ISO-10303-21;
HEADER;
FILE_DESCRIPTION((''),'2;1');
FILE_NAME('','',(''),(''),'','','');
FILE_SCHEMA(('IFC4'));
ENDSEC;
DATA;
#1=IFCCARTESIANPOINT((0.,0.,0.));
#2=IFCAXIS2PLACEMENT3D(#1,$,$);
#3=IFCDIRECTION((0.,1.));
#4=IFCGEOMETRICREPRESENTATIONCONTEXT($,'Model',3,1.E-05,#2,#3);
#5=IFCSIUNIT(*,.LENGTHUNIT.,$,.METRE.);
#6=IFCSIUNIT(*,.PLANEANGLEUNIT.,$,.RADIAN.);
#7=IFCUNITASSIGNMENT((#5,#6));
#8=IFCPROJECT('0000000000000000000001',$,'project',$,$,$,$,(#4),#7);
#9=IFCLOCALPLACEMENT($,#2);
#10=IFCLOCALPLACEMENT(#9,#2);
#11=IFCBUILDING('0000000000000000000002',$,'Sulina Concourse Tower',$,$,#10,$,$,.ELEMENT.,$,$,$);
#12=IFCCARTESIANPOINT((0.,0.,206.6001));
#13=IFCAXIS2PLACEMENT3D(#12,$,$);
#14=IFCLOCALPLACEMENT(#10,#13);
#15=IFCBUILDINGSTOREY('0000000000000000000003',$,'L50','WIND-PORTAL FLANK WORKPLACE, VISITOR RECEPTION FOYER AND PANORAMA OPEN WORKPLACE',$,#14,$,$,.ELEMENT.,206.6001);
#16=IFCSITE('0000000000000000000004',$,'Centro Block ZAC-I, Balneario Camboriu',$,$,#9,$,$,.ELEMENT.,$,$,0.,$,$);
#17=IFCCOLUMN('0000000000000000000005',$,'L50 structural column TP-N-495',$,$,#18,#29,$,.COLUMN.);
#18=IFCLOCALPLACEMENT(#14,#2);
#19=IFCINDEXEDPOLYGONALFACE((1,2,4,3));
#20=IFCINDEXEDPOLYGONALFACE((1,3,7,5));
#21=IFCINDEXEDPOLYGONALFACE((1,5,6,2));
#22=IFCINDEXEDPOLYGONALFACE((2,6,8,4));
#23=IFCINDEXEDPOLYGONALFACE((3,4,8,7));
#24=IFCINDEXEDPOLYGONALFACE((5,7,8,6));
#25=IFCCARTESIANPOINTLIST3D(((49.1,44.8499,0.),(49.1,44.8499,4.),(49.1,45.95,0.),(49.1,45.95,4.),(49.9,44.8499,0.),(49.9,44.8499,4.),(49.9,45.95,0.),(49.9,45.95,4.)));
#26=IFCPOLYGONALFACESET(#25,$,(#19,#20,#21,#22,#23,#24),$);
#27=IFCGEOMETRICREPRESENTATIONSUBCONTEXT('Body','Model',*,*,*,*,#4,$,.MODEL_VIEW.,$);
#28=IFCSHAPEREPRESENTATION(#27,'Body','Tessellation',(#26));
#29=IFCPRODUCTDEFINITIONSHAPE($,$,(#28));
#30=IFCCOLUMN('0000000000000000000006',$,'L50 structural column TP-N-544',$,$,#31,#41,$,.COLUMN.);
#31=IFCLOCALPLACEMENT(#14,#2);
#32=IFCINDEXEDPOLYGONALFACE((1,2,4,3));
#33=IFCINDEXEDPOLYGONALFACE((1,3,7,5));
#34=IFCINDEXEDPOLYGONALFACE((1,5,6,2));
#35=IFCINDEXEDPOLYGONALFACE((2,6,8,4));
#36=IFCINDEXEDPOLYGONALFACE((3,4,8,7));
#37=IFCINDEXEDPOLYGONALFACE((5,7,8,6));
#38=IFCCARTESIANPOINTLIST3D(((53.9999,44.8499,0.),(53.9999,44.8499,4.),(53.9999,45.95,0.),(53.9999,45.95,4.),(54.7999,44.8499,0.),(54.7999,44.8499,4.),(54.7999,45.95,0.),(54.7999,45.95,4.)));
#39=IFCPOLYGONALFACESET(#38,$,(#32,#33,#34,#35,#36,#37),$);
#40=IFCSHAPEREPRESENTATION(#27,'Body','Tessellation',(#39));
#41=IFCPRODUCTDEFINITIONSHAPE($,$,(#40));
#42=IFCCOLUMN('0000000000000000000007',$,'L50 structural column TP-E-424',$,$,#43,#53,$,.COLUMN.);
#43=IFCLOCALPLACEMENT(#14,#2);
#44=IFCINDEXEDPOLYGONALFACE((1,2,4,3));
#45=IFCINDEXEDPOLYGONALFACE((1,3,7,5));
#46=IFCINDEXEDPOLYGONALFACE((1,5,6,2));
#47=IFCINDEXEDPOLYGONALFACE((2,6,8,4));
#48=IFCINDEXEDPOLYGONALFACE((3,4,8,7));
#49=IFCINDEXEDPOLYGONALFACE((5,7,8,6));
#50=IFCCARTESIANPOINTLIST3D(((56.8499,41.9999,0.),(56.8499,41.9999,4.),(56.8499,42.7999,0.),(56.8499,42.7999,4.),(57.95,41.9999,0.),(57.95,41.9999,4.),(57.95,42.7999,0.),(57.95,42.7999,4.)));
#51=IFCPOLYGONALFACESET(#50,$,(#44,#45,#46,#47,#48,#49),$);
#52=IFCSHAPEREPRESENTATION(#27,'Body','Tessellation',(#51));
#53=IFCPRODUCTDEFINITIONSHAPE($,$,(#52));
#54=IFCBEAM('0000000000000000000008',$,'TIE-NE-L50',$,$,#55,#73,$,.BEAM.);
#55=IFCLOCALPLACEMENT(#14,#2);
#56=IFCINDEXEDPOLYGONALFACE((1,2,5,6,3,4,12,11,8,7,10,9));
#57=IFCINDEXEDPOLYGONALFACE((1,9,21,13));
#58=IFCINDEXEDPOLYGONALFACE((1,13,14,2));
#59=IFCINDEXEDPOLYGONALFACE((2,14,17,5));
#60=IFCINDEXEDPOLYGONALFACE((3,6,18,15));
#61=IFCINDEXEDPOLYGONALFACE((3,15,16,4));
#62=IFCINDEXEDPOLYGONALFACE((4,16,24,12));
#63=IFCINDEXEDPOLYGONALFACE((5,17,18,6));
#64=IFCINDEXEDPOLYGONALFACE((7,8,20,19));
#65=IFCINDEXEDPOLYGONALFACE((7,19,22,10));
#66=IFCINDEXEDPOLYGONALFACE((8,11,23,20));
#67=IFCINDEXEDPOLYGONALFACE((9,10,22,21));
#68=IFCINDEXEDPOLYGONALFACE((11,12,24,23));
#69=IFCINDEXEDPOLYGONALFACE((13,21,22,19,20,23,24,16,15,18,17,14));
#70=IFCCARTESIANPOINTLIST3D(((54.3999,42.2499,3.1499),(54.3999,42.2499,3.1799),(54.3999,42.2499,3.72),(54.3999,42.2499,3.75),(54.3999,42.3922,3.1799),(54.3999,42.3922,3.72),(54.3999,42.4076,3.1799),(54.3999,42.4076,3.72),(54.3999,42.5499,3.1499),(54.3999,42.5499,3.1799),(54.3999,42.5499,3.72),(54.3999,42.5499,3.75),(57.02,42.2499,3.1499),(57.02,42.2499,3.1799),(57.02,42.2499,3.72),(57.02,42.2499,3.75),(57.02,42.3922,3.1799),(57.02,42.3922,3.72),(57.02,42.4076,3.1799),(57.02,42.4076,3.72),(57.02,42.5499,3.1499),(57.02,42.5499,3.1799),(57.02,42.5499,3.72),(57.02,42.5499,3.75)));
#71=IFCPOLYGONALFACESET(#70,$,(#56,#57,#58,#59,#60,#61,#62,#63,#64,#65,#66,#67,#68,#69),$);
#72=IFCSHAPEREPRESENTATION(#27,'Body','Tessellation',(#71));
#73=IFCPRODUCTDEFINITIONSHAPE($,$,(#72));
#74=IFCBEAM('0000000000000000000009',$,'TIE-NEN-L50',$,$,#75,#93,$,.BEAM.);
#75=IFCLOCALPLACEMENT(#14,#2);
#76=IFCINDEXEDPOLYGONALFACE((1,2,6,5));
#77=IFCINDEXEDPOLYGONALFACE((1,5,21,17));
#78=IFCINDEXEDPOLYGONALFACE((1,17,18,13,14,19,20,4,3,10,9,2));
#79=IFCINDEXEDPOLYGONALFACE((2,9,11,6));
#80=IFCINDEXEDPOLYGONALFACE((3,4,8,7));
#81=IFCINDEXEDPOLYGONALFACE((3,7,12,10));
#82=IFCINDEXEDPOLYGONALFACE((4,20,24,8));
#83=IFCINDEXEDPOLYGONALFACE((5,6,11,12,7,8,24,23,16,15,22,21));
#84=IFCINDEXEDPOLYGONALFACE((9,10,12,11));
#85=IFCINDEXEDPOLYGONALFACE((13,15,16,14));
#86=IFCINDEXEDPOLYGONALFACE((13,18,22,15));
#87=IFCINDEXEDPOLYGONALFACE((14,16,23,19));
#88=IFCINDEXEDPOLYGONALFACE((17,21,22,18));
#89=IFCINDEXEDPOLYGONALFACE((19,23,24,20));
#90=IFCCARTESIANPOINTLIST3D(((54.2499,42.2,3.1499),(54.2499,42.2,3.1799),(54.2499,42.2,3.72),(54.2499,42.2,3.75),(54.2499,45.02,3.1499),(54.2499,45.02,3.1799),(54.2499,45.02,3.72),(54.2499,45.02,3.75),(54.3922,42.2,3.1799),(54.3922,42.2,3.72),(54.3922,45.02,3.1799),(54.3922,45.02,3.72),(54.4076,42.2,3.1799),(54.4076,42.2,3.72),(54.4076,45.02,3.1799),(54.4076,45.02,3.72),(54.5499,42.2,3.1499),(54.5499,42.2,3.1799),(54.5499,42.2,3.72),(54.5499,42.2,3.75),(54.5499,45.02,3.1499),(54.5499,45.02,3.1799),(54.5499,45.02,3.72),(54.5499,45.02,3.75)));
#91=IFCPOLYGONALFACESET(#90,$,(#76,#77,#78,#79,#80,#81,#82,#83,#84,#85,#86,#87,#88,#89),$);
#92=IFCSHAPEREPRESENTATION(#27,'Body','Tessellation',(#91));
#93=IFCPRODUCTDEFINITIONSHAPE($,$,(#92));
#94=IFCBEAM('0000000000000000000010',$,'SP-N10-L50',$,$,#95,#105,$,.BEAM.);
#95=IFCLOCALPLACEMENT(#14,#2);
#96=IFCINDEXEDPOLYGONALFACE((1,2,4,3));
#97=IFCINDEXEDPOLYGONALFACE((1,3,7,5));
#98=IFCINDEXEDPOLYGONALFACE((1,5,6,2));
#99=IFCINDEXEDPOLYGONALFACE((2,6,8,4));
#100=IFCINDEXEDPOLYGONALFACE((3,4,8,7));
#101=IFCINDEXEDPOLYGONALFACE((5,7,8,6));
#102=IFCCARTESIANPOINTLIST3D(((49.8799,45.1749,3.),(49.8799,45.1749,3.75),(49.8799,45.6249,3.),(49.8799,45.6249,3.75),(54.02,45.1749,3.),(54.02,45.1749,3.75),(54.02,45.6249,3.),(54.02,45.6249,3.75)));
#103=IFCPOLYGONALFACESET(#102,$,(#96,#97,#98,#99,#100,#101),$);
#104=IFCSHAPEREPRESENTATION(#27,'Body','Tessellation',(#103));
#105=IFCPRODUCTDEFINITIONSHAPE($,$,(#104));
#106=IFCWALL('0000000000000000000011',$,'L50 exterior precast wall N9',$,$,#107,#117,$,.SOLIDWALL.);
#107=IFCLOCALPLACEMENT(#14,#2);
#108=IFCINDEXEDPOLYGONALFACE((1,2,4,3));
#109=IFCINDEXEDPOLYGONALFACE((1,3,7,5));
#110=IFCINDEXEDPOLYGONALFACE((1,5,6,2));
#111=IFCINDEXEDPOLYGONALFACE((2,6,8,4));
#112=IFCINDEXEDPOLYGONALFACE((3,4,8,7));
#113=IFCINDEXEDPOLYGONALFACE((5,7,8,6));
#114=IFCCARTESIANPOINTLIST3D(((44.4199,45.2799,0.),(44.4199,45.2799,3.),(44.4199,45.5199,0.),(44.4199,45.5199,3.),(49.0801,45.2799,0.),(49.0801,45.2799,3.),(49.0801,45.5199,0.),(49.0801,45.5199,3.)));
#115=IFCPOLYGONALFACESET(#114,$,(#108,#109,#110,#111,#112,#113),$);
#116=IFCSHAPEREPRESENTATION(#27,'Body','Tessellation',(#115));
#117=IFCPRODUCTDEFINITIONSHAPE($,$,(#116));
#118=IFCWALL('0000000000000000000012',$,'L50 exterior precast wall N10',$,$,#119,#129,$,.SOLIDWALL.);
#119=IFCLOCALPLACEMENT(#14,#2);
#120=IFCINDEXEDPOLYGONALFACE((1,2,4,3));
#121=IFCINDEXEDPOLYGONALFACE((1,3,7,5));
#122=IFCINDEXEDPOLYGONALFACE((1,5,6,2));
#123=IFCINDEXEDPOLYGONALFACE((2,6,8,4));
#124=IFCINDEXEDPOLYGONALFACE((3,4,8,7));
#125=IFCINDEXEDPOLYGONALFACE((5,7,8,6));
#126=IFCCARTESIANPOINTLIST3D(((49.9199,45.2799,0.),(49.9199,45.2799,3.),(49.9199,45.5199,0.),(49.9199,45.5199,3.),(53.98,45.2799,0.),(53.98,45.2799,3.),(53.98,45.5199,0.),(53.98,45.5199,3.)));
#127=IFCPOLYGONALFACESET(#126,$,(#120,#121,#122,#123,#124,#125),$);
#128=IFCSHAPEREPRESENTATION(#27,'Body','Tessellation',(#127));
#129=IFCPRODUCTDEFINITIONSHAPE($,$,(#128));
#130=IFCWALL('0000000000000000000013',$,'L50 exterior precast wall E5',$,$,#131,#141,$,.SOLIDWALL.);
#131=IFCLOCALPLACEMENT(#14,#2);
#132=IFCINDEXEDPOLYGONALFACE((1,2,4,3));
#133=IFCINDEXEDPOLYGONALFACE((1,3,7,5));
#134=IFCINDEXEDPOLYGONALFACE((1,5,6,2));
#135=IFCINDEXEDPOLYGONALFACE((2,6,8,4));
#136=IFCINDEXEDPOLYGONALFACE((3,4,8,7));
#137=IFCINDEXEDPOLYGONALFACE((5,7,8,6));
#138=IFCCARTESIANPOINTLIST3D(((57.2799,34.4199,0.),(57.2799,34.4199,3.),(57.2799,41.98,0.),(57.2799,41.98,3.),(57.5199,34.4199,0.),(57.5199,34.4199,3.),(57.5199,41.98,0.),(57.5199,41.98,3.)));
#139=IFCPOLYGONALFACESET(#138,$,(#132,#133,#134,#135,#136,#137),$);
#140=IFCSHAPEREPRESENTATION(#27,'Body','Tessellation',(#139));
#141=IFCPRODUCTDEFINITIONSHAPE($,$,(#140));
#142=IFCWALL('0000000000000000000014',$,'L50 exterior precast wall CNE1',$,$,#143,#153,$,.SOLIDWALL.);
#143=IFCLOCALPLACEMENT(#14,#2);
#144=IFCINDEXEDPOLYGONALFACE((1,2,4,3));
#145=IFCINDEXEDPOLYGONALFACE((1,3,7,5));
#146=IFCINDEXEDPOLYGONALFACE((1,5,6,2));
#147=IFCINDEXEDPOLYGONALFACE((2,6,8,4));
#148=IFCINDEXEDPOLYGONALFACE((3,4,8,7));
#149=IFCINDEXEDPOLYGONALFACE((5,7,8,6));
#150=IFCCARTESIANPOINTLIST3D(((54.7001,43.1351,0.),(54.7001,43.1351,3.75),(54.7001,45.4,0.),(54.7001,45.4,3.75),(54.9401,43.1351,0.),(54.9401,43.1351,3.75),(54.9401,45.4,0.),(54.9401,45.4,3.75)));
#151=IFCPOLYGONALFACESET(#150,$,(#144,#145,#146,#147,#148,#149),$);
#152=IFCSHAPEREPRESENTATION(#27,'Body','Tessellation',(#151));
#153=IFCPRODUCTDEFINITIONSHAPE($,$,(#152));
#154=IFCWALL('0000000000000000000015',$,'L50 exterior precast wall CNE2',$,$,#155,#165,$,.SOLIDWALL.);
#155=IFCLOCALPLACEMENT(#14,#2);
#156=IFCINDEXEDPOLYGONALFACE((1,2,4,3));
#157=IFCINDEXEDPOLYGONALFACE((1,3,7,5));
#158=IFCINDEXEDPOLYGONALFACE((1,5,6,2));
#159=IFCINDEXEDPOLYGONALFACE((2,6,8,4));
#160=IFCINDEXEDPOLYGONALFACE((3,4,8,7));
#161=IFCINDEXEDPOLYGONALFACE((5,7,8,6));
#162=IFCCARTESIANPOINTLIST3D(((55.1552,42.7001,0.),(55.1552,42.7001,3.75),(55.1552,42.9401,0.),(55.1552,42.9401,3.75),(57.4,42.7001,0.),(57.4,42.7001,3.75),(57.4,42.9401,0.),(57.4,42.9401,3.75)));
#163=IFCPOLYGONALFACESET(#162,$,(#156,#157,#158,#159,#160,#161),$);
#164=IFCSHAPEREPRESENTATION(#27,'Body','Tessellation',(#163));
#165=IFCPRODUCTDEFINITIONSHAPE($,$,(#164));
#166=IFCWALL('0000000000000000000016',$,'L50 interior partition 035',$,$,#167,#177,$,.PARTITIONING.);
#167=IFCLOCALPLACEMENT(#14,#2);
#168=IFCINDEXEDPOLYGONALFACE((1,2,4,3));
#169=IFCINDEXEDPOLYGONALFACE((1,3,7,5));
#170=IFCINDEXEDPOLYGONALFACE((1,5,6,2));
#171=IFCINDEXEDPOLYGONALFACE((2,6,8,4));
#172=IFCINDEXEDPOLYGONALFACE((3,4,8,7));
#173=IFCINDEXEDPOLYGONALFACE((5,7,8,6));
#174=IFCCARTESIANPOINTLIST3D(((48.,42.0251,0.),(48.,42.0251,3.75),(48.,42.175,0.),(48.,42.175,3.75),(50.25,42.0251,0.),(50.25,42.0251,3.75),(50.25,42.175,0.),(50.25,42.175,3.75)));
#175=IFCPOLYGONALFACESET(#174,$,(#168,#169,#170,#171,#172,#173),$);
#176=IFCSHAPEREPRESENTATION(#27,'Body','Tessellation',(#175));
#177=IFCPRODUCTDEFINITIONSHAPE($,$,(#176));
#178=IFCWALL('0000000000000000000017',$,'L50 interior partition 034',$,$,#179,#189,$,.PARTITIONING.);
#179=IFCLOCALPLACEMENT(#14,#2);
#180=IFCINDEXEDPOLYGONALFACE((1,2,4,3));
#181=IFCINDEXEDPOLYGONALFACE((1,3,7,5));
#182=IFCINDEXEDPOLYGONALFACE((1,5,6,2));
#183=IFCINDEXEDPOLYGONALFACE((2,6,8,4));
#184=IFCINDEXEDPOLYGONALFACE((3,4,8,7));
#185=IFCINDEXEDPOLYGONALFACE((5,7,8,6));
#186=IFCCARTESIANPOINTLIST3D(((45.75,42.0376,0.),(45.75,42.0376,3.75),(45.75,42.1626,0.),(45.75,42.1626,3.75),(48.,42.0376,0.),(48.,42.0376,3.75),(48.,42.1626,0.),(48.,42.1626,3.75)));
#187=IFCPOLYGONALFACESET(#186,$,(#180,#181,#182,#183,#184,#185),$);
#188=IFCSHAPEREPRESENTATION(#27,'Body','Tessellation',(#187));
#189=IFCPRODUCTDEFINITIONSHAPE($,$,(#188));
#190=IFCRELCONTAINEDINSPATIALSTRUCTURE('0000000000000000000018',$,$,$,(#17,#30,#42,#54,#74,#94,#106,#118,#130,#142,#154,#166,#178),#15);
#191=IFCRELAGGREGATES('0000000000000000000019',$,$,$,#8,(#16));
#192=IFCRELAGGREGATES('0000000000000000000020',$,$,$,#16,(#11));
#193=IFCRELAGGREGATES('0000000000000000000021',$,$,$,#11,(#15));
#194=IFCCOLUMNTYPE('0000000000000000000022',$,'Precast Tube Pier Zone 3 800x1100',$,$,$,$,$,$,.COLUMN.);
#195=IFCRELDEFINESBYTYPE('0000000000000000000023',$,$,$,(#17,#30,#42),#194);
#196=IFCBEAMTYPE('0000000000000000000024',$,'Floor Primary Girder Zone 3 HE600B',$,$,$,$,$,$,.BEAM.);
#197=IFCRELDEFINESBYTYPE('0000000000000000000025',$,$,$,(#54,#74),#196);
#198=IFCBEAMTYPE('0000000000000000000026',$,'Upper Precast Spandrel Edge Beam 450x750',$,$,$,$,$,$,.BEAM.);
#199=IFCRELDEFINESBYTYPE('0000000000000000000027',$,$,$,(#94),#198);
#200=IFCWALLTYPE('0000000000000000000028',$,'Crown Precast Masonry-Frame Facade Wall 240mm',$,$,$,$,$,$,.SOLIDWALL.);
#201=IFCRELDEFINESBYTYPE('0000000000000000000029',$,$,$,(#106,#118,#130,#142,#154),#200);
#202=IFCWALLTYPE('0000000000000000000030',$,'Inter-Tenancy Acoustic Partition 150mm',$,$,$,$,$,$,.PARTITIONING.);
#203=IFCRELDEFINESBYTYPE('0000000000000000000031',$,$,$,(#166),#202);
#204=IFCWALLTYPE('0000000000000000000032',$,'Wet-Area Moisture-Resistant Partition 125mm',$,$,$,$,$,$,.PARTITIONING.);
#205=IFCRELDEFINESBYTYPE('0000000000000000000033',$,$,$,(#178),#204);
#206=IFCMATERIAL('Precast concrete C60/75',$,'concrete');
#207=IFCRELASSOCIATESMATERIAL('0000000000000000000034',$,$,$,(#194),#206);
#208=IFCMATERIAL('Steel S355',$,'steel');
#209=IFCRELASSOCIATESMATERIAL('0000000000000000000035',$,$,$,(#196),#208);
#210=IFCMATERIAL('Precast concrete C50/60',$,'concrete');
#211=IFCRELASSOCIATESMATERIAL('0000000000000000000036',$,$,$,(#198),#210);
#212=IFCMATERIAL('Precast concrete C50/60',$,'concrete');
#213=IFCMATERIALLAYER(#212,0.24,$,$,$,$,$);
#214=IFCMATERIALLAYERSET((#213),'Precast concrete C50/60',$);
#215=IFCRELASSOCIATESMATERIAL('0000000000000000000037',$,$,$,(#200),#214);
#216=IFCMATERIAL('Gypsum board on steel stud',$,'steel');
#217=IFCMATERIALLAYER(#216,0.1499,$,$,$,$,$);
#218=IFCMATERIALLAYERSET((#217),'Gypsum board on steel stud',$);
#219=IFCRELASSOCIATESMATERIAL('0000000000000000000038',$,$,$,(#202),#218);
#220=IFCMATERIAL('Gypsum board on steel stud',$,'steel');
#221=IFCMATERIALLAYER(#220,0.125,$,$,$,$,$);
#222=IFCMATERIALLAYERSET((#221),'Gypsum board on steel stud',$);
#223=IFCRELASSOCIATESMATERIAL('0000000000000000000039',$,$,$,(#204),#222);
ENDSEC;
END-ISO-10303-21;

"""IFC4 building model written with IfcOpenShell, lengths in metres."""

from ifc_helpers import new_model, si_unit, direction, frame, frame_2d, origin, origin_2d, place, context, subcontext, project, spatial, rectangle, i_section, extrude, material, layer, layer_set, material_profile, profile_set, type_object, element, save


model = new_model("IFC4")

# Units and contexts
model_context = context("Model", 3, precision=1e-05, world=origin(), true_north=direction((0.0, 1.0)))
body_context = subcontext(model_context, "Body", "Model", "MODEL_VIEW")
ifc_project = project(units=[si_unit("LENGTHUNIT", "METRE"), si_unit("PLANEANGLEUNIT", "RADIAN")], contexts=[model_context])

# Site, building, storey
site_placement = place(None, origin())
site = spatial("IfcSite", under=ifc_project, at=site_placement, Name="Centro Block ZAC-I, Balneario Camboriu", CompositionType="ELEMENT", RefElevation=0.0)
building_placement = place(site_placement, origin())
building = spatial("IfcBuilding", under=site, at=building_placement, Name="Sulina Concourse Tower", CompositionType="ELEMENT")
storey_placement = place(building_placement, frame((0.0, 0.0, 206.6001)))
storey = spatial("IfcBuildingStorey", under=building, at=storey_placement, Name="L50", Description="WIND-PORTAL FLANK WORKPLACE, VISITOR RECEPTION FOYER AND PANORAMA OPEN WORKPLACE", CompositionType="ELEMENT", Elevation=206.6001)

# Columns
ifc_material_1 = material(Name="Precast concrete C60/75", Category="concrete")
ifc_material_profile_1 = material_profile(ifc_material_1, rectangle(XDim=0.8, YDim=1.1001, at=origin_2d()), Name="PC 800x1100")
ifc_profile_set_1 = profile_set([ifc_material_profile_1], Name="Precast concrete C60/75")
column_type = type_object("IfcColumnType", Name="Precast Tube Pier Zone 3 800x1100", PredefinedType="COLUMN", material=ifc_profile_set_1)
for number, where, z_axis, x_axis, name in (
    (1, (49.5, 45.3999, 0.0), (0.0, 0.0, 1.0), (1.0, 0.0, 0.0), "L50 structural column TP-N-495"),
    (2, (54.3999, 45.3999, 0.0), (0.0, 0.0, 1.0), (1.0, 0.0, 0.0), "L50 structural column TP-N-544"),
    (3, (57.3999, 42.3999, 0.0), (0.0, 0.0, 1.0), (0.0, 1.0, 0.0), "L50 structural column TP-E-424"),
):
    element("IfcColumn", number, at=place(storey_placement, frame(where, z_axis=z_axis, x_axis=x_axis)), inside=storey, type_object=column_type, Name=name, PredefinedType="COLUMN", context=body_context, shape_type="SweptSolid", body=[
        extrude(rectangle(XDim=0.8, YDim=1.1001, at=origin_2d()), origin(), (0.0, 0.0, 1.0), 4.0),
    ])

# Beams
ifc_material_2 = material(Name="Steel S355", Category="steel")
ifc_material_profile_2 = material_profile(ifc_material_2, i_section(OverallWidth=0.3, OverallDepth=0.6001, WebThickness=0.0154, FlangeThickness=0.03, at=origin_2d()), Name="HE 600 B")
ifc_profile_set_2 = profile_set([ifc_material_profile_2], Name="Steel S355")
beam_type_1 = type_object("IfcBeamType", Name="Floor Primary Girder Zone 3 HE600B", PredefinedType="BEAM", material=ifc_profile_set_2)
beam_1_placement = place(storey_placement, frame((54.3999, 42.3999, 3.45), z_axis=(1.0, 0.0, 0.0), x_axis=(0.0, 1.0, 0.0)))
element("IfcBeam", 4, at=beam_1_placement, inside=storey, type_object=beam_type_1, Name="TIE-NE-L50", PredefinedType="BEAM", context=body_context, shape_type="SweptSolid", body=[
    extrude(i_section(OverallWidth=0.3, OverallDepth=0.6001, WebThickness=0.0154, FlangeThickness=0.03, at=origin_2d()), origin(), (0.0, 0.0, 1.0), 2.6201),
])
beam_2_placement = place(storey_placement, frame((54.3999, 42.2, 3.45), z_axis=(0.0, 1.0, 0.0), x_axis=(-1.0, 0.0, 0.0)))
element("IfcBeam", 5, at=beam_2_placement, inside=storey, type_object=beam_type_1, Name="TIE-NEN-L50", PredefinedType="BEAM", context=body_context, shape_type="SweptSolid", body=[
    extrude(i_section(OverallWidth=0.3, OverallDepth=0.6001, WebThickness=0.0154, FlangeThickness=0.03, at=origin_2d()), origin(), (0.0, 0.0, 1.0), 2.8201),
])
ifc_material_3 = material(Name="Precast concrete C50/60", Category="concrete")
ifc_material_profile_3 = material_profile(ifc_material_3, rectangle(XDim=0.45, YDim=0.75, at=origin_2d()), Name="RC 450x750")
ifc_profile_set_3 = profile_set([ifc_material_profile_3], Name="Precast concrete C50/60")
beam_type_2 = type_object("IfcBeamType", Name="Upper Precast Spandrel Edge Beam 450x750", PredefinedType="BEAM", material=ifc_profile_set_3)
beam_3_placement = place(storey_placement, frame((49.8799, 45.3999, 3.375), z_axis=(1.0, 0.0, 0.0), x_axis=(0.0, 1.0, 0.0)))
element("IfcBeam", 6, at=beam_3_placement, inside=storey, type_object=beam_type_2, Name="SP-N10-L50", PredefinedType="BEAM", context=body_context, shape_type="SweptSolid", body=[
    extrude(rectangle(XDim=0.45, YDim=0.75, at=origin_2d()), origin(), (0.0, 0.0, 1.0), 4.1401),
])

# Walls
ifc_material_4 = material(Name="Precast concrete C50/60", Category="concrete")
ifc_layer_1 = layer(ifc_material_4, 0.24)
ifc_layer_set_1 = layer_set([ifc_layer_1], Name="Precast concrete C50/60")
wall_type_1 = type_object("IfcWallType", Name="Crown Precast Masonry-Frame Facade Wall 240mm", PredefinedType="SOLIDWALL", material=ifc_layer_set_1)
wall_1_placement = place(storey_placement, frame((44.4199, 45.3999, 0.0), z_axis=(0.0, 0.0, 1.0), x_axis=(1.0, 0.0, 0.0)))
element("IfcWall", 7, at=wall_1_placement, inside=storey, type_object=wall_type_1, Name="L50 exterior precast wall N9", PredefinedType="SOLIDWALL", context=body_context, shape_type="SweptSolid", body=[
    extrude(rectangle(XDim=4.6602, YDim=0.24, at=frame_2d((2.3301, 0.0))), origin(), (0.0, 0.0, 1.0), 3.0),
])
wall_2_placement = place(storey_placement, frame((49.9199, 45.3999, 0.0), z_axis=(0.0, 0.0, 1.0), x_axis=(1.0, 0.0, 0.0)))
element("IfcWall", 8, at=wall_2_placement, inside=storey, type_object=wall_type_1, Name="L50 exterior precast wall N10", PredefinedType="SOLIDWALL", context=body_context, shape_type="SweptSolid", body=[
    extrude(rectangle(XDim=4.0601, YDim=0.24, at=frame_2d((2.03, 0.0))), origin(), (0.0, 0.0, 1.0), 3.0),
])
wall_3_placement = place(storey_placement, frame((57.3999, 41.98, 0.0), z_axis=(0.0, 0.0, 1.0), x_axis=(0.0, -1.0, 0.0)))
element("IfcWall", 9, at=wall_3_placement, inside=storey, type_object=wall_type_1, Name="L50 exterior precast wall E5", PredefinedType="SOLIDWALL", context=body_context, shape_type="SweptSolid", body=[
    extrude(rectangle(XDim=7.5601, YDim=0.24, at=frame_2d((3.78, 0.0))), origin(), (0.0, 0.0, 1.0), 3.0),
])
wall_4_placement = place(storey_placement, frame((54.8201, 45.3999, 0.0), z_axis=(0.0, 0.0, 1.0), x_axis=(0.0, -1.0, 0.0)))
element("IfcWall", 10, at=wall_4_placement, inside=storey, type_object=wall_type_1, Name="L50 exterior precast wall CNE1", PredefinedType="SOLIDWALL", context=body_context, shape_type="SweptSolid", body=[
    extrude(rectangle(XDim=2.2649, YDim=0.24, at=frame_2d((1.1323, 0.0))), origin(), (0.0, 0.0, 1.0), 3.75),
])
wall_5_placement = place(storey_placement, frame((55.155, 42.8201, 0.0), z_axis=(0.0, 0.0, 1.0), x_axis=(1.0, 0.0, 0.0)))
element("IfcWall", 11, at=wall_5_placement, inside=storey, type_object=wall_type_1, Name="L50 exterior precast wall CNE2", PredefinedType="SOLIDWALL", context=body_context, shape_type="SweptSolid", body=[
    extrude(rectangle(XDim=2.2449, YDim=0.24, at=frame_2d((1.1226, 0.0))), origin(), (0.0, 0.0, 1.0), 3.75),
])
ifc_material_5 = material(Name="Gypsum board on steel stud", Category="steel")
ifc_layer_2 = layer(ifc_material_5, 0.1499)
ifc_layer_set_2 = layer_set([ifc_layer_2], Name="Gypsum board on steel stud")
wall_type_2 = type_object("IfcWallType", Name="Inter-Tenancy Acoustic Partition 150mm", PredefinedType="PARTITIONING", material=ifc_layer_set_2)
wall_6_placement = place(storey_placement, frame((48.0, 42.1001, 0.0), z_axis=(0.0, 0.0, 1.0), x_axis=(1.0, 0.0, 0.0)))
element("IfcWall", 12, at=wall_6_placement, inside=storey, type_object=wall_type_2, Name="L50 interior partition 035", PredefinedType="PARTITIONING", context=body_context, shape_type="SweptSolid", body=[
    extrude(rectangle(XDim=2.25, YDim=0.1499, at=frame_2d((1.125, 0.0))), origin(), (0.0, 0.0, 1.0), 3.75),
])
ifc_material_6 = material(Name="Gypsum board on steel stud", Category="steel")
ifc_layer_3 = layer(ifc_material_6, 0.125)
ifc_layer_set_3 = layer_set([ifc_layer_3], Name="Gypsum board on steel stud")
wall_type_3 = type_object("IfcWallType", Name="Wet-Area Moisture-Resistant Partition 125mm", PredefinedType="PARTITIONING", material=ifc_layer_set_3)
wall_7_placement = place(storey_placement, frame((45.75, 42.1001, 0.0), z_axis=(0.0, 0.0, 1.0), x_axis=(1.0, 0.0, 0.0)))
element("IfcWall", 13, at=wall_7_placement, inside=storey, type_object=wall_type_3, Name="L50 interior partition 034", PredefinedType="PARTITIONING", context=body_context, shape_type="SweptSolid", body=[
    extrude(rectangle(XDim=2.25, YDim=0.125, at=frame_2d((1.125, 0.0))), origin(), (0.0, 0.0, 1.0), 3.75),
])

save(model, "model.ifc")
